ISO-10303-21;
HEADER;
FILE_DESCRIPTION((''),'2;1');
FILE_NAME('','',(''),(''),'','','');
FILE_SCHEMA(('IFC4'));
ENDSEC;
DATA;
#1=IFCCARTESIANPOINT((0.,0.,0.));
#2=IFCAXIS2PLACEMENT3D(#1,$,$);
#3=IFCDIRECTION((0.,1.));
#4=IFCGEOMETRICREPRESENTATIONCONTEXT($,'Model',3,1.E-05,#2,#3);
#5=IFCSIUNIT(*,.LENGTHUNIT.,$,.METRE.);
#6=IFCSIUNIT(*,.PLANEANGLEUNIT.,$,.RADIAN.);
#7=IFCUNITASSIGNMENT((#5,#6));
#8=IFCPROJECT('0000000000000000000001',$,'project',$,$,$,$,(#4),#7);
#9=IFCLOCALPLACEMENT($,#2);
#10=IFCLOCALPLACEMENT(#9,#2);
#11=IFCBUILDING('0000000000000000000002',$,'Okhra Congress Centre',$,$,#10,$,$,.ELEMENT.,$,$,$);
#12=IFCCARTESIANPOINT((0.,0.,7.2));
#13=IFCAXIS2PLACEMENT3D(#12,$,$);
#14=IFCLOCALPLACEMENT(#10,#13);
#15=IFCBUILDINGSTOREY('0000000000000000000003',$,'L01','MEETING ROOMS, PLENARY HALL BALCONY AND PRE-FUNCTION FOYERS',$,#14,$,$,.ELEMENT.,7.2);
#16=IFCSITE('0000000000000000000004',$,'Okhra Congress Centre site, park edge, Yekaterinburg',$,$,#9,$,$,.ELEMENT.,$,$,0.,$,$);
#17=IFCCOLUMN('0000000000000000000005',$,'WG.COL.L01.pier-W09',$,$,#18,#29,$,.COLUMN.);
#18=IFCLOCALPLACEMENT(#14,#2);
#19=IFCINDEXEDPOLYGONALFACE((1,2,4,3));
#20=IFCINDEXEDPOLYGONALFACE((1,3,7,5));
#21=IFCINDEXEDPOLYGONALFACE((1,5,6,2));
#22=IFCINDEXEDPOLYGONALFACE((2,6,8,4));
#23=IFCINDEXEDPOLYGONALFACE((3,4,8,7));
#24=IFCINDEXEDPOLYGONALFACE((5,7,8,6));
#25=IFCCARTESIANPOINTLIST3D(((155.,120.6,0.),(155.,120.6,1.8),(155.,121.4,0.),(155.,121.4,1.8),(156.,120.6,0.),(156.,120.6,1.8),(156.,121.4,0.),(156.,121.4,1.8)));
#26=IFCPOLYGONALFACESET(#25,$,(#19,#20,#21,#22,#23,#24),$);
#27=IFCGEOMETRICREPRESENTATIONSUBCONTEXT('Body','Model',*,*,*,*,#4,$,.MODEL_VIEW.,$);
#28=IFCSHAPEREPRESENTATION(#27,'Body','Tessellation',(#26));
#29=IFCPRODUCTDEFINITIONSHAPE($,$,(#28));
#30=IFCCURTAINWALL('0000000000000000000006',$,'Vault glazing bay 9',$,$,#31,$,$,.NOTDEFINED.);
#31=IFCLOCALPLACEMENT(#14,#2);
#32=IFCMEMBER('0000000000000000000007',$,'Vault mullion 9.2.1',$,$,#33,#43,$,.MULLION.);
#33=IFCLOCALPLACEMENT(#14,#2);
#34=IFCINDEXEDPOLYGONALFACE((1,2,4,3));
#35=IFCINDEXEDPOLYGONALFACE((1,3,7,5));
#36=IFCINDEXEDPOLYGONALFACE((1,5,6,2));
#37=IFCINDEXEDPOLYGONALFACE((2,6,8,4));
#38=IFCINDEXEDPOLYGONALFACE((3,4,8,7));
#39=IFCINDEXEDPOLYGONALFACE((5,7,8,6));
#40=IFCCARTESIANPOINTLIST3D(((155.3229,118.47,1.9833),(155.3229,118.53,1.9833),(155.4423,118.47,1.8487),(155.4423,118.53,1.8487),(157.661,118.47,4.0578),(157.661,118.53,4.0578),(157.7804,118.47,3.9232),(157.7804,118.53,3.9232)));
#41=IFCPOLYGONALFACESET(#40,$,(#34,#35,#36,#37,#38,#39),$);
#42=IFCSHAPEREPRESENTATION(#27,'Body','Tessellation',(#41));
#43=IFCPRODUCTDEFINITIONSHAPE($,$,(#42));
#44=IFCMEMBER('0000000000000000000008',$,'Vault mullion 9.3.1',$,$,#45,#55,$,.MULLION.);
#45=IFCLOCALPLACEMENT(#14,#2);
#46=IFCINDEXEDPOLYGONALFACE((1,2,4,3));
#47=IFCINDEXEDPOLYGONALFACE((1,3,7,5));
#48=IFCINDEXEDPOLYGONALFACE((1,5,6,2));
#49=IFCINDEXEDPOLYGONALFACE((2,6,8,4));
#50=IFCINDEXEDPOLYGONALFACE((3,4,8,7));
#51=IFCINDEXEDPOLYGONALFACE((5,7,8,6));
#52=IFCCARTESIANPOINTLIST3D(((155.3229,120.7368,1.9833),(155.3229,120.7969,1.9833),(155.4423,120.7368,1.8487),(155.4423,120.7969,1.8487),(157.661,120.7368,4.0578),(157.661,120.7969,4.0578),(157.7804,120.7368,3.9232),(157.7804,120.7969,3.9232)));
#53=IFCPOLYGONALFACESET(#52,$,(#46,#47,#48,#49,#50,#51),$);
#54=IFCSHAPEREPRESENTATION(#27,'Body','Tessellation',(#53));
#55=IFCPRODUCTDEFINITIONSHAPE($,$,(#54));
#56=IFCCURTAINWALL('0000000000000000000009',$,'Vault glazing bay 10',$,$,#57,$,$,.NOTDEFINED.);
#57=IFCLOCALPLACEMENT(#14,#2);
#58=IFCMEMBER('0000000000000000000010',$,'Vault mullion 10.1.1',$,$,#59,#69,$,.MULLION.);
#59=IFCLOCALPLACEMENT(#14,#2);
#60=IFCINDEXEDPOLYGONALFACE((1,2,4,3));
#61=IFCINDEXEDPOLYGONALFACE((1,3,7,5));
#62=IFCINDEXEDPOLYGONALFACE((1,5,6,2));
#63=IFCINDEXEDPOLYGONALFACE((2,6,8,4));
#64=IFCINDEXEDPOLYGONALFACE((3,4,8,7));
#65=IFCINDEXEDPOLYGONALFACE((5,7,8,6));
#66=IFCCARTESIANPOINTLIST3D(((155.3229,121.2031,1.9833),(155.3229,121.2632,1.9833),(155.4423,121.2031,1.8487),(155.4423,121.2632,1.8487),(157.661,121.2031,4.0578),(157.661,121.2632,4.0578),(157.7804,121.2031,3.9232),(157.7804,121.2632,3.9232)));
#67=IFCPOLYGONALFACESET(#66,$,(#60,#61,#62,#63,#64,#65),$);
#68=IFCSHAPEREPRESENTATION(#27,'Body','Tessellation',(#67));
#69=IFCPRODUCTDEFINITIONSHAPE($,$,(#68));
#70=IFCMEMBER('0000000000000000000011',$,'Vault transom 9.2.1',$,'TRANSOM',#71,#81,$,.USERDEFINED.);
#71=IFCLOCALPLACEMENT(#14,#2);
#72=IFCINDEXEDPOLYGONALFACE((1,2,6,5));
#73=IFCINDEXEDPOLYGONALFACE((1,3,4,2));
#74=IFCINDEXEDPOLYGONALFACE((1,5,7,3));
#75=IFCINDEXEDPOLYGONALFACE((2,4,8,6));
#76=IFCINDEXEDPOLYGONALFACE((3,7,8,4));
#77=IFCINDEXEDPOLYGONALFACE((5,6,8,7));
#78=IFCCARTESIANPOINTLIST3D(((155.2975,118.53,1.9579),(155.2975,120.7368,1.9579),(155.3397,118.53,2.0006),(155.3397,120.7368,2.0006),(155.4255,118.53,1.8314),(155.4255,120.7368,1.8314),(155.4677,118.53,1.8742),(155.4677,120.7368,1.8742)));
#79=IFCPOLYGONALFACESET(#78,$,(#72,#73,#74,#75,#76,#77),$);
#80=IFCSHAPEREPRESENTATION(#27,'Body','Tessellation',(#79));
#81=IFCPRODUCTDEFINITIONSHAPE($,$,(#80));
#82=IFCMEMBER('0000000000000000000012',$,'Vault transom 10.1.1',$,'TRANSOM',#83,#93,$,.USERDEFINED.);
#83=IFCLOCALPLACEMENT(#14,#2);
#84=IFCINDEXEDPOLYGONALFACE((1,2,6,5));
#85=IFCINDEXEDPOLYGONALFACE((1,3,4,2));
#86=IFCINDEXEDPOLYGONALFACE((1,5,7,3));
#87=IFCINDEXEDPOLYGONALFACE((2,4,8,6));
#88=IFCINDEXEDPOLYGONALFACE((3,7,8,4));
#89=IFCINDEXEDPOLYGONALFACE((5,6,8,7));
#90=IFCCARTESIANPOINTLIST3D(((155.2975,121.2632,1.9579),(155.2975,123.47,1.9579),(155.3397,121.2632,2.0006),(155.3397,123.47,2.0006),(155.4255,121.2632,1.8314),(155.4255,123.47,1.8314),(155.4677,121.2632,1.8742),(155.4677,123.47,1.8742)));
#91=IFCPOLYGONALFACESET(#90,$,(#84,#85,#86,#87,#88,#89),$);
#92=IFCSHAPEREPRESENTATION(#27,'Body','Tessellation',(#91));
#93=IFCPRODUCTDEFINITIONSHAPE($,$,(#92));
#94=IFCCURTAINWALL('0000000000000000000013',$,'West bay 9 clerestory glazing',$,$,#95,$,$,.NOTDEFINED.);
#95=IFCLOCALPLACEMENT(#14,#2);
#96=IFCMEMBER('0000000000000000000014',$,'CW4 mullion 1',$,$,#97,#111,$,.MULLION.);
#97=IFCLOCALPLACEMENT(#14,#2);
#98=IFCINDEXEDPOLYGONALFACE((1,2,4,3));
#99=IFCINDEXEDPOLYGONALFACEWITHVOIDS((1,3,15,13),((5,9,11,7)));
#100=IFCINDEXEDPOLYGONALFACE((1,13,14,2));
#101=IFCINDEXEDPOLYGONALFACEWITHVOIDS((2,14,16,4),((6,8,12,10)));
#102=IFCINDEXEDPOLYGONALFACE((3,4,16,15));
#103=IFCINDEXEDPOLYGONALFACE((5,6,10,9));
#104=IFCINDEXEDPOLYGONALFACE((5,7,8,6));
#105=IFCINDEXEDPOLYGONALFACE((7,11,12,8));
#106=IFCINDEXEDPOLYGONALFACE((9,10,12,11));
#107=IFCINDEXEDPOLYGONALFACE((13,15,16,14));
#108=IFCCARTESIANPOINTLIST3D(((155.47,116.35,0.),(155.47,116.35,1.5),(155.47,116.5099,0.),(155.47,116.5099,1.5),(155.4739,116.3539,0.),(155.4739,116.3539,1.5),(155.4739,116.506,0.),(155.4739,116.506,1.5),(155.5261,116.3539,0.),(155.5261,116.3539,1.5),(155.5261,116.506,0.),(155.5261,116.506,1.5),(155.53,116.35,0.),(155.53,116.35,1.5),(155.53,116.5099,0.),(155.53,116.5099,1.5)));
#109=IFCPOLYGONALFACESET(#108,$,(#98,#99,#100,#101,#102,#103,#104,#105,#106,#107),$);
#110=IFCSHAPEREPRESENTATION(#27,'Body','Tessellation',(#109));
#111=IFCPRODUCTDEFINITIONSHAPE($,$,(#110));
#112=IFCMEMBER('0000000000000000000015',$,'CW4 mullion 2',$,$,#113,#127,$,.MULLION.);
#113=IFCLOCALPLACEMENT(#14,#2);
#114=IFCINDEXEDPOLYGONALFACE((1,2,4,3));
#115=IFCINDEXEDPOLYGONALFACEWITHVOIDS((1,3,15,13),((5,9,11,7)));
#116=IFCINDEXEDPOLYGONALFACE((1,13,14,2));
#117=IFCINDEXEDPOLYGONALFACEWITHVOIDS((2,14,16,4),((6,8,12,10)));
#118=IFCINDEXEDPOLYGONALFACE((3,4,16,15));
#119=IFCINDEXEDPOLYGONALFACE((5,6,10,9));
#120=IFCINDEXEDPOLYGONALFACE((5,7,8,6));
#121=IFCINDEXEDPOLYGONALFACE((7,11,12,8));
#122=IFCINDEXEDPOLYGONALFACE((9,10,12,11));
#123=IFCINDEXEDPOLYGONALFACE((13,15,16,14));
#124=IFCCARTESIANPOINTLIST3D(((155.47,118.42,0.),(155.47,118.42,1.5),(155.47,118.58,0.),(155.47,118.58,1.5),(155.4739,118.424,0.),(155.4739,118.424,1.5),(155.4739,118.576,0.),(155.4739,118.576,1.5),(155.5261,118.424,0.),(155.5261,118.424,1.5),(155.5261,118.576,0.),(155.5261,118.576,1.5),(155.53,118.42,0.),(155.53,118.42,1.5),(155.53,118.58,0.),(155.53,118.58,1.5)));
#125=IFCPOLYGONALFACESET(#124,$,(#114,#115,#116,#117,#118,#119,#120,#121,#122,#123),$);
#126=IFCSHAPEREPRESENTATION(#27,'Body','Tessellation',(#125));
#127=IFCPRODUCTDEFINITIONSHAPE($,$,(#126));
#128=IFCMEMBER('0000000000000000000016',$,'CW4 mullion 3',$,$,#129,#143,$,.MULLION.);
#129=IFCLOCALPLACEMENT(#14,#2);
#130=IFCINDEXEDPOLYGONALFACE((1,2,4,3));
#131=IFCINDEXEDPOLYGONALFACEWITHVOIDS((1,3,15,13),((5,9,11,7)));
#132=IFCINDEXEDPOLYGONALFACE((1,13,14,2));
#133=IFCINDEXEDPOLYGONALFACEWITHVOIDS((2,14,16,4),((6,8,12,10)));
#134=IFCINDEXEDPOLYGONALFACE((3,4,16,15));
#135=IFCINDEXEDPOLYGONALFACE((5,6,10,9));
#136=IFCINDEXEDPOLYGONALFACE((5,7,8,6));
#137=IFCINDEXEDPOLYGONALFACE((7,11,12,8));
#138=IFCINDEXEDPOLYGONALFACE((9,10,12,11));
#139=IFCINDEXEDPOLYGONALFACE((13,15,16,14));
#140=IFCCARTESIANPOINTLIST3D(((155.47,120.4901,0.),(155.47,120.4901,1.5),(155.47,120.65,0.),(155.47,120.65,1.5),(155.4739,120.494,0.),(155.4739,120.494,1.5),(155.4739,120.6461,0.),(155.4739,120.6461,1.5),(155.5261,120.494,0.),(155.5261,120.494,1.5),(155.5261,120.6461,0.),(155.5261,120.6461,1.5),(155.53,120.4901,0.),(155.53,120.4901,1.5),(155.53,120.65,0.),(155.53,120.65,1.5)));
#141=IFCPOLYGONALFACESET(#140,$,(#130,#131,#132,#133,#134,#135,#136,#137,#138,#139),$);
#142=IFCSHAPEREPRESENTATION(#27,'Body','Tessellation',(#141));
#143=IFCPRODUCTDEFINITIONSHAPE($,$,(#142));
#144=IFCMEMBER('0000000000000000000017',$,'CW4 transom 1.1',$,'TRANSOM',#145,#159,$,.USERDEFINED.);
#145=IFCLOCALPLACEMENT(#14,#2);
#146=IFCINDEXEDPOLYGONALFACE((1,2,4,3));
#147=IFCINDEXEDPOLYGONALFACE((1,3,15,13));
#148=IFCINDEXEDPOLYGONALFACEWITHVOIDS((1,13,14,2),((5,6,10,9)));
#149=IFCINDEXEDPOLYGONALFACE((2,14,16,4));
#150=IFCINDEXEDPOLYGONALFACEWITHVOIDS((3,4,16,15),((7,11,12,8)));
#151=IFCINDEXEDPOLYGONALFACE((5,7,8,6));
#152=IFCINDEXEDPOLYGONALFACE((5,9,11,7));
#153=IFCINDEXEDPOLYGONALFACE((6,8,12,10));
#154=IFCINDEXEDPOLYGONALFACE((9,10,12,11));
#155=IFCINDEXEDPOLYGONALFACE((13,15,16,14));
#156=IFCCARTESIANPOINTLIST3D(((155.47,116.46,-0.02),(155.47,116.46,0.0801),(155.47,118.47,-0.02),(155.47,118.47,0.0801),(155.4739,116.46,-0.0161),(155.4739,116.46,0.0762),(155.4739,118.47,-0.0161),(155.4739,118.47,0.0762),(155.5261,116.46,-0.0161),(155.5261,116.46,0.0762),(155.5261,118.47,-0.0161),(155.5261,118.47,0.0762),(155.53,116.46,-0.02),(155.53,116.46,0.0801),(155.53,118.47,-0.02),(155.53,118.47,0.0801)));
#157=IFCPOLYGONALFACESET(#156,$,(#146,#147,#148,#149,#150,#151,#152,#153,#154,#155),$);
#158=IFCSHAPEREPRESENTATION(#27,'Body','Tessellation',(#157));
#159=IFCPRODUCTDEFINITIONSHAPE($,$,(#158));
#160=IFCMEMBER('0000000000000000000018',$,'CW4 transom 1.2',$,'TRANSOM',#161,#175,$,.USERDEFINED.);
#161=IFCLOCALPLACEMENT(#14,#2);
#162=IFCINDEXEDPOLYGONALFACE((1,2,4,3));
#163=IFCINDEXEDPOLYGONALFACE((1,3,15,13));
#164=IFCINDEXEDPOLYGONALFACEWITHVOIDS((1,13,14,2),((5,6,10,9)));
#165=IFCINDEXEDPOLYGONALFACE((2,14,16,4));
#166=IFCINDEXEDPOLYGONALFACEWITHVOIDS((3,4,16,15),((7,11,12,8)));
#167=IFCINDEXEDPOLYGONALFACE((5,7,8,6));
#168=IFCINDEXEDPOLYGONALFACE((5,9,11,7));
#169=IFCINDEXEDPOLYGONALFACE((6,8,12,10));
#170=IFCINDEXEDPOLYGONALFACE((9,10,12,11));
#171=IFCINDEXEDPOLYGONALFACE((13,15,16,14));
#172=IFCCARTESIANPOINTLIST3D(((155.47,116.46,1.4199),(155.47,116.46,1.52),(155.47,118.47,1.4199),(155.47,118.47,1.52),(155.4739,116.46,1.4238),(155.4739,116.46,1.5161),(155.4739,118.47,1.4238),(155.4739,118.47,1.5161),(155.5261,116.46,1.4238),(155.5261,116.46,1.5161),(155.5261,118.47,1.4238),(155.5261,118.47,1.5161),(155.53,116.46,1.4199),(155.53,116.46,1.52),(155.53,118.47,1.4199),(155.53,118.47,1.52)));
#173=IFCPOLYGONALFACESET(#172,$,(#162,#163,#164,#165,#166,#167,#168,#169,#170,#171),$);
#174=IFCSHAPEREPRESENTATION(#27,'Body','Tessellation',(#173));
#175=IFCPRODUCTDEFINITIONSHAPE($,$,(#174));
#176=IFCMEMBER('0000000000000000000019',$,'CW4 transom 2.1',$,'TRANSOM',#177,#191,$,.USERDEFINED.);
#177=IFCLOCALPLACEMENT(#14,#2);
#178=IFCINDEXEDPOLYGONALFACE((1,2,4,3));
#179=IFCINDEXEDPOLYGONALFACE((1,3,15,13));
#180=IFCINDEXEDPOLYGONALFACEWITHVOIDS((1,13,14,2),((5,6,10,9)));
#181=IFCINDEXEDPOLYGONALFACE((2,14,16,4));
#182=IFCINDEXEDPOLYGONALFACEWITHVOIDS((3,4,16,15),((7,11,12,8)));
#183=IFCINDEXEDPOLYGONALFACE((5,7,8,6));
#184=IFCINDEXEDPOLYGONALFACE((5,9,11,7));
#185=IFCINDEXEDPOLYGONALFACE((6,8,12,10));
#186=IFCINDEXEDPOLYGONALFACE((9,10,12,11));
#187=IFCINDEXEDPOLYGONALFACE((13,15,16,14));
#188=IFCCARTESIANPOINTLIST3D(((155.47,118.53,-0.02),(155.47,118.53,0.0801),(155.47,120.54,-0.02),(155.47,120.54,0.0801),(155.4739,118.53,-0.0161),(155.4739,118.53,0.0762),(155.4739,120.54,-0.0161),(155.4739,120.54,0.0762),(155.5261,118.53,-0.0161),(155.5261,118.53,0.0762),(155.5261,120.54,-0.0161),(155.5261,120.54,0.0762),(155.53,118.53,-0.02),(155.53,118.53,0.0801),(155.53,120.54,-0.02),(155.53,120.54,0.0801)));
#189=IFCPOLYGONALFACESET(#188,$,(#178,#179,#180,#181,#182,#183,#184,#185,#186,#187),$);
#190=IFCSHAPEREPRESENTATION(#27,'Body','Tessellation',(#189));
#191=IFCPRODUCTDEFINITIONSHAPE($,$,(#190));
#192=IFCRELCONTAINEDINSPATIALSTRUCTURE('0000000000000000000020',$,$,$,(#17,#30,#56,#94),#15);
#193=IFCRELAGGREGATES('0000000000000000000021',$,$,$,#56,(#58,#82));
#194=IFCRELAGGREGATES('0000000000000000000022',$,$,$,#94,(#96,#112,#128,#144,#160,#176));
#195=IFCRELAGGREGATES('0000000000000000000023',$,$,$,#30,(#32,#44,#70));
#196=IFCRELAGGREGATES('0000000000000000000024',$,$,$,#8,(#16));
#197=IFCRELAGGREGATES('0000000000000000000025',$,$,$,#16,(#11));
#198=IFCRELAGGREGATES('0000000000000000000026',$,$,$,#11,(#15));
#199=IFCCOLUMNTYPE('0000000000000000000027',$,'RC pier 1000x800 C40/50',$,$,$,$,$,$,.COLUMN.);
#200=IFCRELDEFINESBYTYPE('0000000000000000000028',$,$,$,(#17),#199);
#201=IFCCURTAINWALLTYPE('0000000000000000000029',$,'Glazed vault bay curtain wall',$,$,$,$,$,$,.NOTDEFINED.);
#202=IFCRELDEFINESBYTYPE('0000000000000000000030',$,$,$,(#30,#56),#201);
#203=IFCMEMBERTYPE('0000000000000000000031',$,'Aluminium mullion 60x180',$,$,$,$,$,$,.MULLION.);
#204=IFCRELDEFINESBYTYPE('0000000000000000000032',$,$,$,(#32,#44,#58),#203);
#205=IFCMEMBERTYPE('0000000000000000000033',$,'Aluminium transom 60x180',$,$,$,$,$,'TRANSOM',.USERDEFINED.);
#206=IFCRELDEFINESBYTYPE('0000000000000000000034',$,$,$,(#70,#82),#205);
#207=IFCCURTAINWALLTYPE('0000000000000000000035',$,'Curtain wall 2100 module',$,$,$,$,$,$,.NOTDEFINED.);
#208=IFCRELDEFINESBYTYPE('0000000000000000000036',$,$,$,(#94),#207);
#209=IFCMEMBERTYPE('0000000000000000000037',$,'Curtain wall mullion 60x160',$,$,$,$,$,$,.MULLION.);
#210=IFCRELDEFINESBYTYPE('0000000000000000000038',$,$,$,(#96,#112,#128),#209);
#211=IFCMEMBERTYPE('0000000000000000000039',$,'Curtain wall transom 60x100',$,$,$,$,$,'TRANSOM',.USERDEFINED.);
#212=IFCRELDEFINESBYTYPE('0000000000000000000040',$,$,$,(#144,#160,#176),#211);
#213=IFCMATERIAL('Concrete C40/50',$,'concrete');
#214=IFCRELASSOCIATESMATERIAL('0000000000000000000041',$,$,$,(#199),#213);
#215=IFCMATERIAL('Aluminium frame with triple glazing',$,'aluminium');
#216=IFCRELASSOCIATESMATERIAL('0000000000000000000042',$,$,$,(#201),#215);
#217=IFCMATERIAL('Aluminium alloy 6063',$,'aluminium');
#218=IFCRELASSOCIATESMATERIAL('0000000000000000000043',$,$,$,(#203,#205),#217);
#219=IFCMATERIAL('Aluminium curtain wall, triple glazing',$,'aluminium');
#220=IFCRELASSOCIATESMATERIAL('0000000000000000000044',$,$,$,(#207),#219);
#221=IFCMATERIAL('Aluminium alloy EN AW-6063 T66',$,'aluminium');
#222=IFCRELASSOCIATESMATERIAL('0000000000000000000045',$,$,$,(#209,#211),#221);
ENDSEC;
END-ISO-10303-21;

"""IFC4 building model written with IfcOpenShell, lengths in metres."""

from ifc_helpers import new_model, si_unit, direction, frame, origin, origin_2d, place, context, subcontext, project, spatial, rectangle, hollow_rectangle, extrude, material, material_profile, profile_set, type_object, element, aggregate, save


model = new_model("IFC4")

# Units and contexts
model_context = context("Model", 3, precision=1e-05, world=origin(), true_north=direction((0.0, 1.0)))
body_context = subcontext(model_context, "Body", "Model", "MODEL_VIEW")
ifc_project = project(units=[si_unit("LENGTHUNIT", "METRE"), si_unit("PLANEANGLEUNIT", "RADIAN")], contexts=[model_context])

# Site, building, storey
site_placement = place(None, origin())
site = spatial("IfcSite", under=ifc_project, at=site_placement, Name="Okhra Congress Centre site, park edge, Yekaterinburg", CompositionType="ELEMENT", RefElevation=0.0)
building_placement = place(site_placement, origin())
building = spatial("IfcBuilding", under=site, at=building_placement, Name="Okhra Congress Centre", CompositionType="ELEMENT")
storey_placement = place(building_placement, frame((0.0, 0.0, 7.2)))
storey = spatial("IfcBuildingStorey", under=building, at=storey_placement, Name="L01", Description="MEETING ROOMS, PLENARY HALL BALCONY AND PRE-FUNCTION FOYERS", CompositionType="ELEMENT", Elevation=7.2)

# Column
ifc_material_1 = material(Name="Concrete C40/50", Category="concrete")
ifc_material_profile_1 = material_profile(ifc_material_1, rectangle(XDim=1.0, YDim=0.8, at=origin_2d()), Name="RC 1000x800")
ifc_profile_set_1 = profile_set([ifc_material_profile_1], Name="Concrete C40/50")
column_type = type_object("IfcColumnType", Name="RC pier 1000x800 C40/50", PredefinedType="COLUMN", material=ifc_profile_set_1)
column_placement = place(storey_placement, frame((155.5, 121.0, 0.0), z_axis=(0.0, 0.0, 1.0), x_axis=(1.0, 0.0, 0.0)))
element("IfcColumn", 1, at=column_placement, inside=storey, type_object=column_type, Name="WG.COL.L01.pier-W09", PredefinedType="COLUMN", context=body_context, shape_type="SweptSolid", body=[
    extrude(rectangle(XDim=1.0, YDim=0.8, at=origin_2d()), origin(), (0.0, 0.0, 1.0), 1.8),
])

# Curtain wall, members
ifc_material_2 = material(Name="Aluminium frame with triple glazing", Category="aluminium")
curtain_wall_type_1 = type_object("IfcCurtainWallType", Name="Glazed vault bay curtain wall", PredefinedType="NOTDEFINED", material=ifc_material_2)
curtain_wall_1_placement = place(storey_placement, origin())
curtain_wall_1 = element("IfcCurtainWall", 2, at=curtain_wall_1_placement, inside=storey, type_object=curtain_wall_type_1, Name="Vault glazing bay 9", PredefinedType="NOTDEFINED")
ifc_material_3 = material(Name="Aluminium alloy 6063", Category="aluminium")
ifc_material_profile_2 = material_profile(ifc_material_3, rectangle(XDim=0.0601, YDim=0.1799, at=origin_2d()), Name="AL 60x180")
ifc_profile_set_2 = profile_set([ifc_material_profile_2], Name="Aluminium alloy 6063")
member_type_1 = type_object("IfcMemberType", Name="Aluminium mullion 60x180", PredefinedType="MULLION", material=ifc_profile_set_2)
member_1_placement = place(storey_placement, frame((155.3826, 118.5, 1.916), z_axis=(0.748025, 0.0, 0.66367), x_axis=(0.0, 1.0, 0.0)))
member_1 = element("IfcMember", 3, at=member_1_placement, type_object=member_type_1, Name="Vault mullion 9.2.1", PredefinedType="MULLION", context=body_context, shape_type="SweptSolid", body=[
    extrude(rectangle(XDim=0.0601, YDim=0.1799, at=origin_2d()), origin(), (0.0, 0.0, 1.0), 3.1257),
])
member_2_placement = place(storey_placement, frame((155.3826, 120.7668, 1.916), z_axis=(0.748025, 0.0, 0.66367), x_axis=(0.0, 1.0, 0.0)))
member_2 = element("IfcMember", 4, at=member_2_placement, type_object=member_type_1, Name="Vault mullion 9.3.1", PredefinedType="MULLION", context=body_context, shape_type="SweptSolid", body=[
    extrude(rectangle(XDim=0.0601, YDim=0.1799, at=origin_2d()), origin(), (0.0, 0.0, 1.0), 3.1257),
])

# Curtain wall, member
curtain_wall_2_placement = place(storey_placement, origin())
curtain_wall_2 = element("IfcCurtainWall", 5, at=curtain_wall_2_placement, inside=storey, type_object=curtain_wall_type_1, Name="Vault glazing bay 10", PredefinedType="NOTDEFINED")
member_3_placement = place(storey_placement, frame((155.3826, 121.2332, 1.916), z_axis=(0.748025, 0.0, 0.66367), x_axis=(0.0, 1.0, 0.0)))
member_3 = element("IfcMember", 6, at=member_3_placement, type_object=member_type_1, Name="Vault mullion 10.1.1", PredefinedType="MULLION", context=body_context, shape_type="SweptSolid", body=[
    extrude(rectangle(XDim=0.0601, YDim=0.1799, at=origin_2d()), origin(), (0.0, 0.0, 1.0), 3.1257),
])

# Members
ifc_material_profile_3 = material_profile(ifc_material_3, rectangle(XDim=0.0601, YDim=0.1799, at=origin_2d()), Name="AL 60x180 transom")
ifc_profile_set_3 = profile_set([ifc_material_profile_3], Name="Aluminium alloy 6063")
member_type_2 = type_object("IfcMemberType", Name="Aluminium transom 60x180", ElementType="TRANSOM", PredefinedType="USERDEFINED", material=ifc_profile_set_3)
member_4_placement = place(storey_placement, frame((155.3826, 118.53, 1.916), z_axis=(0.0, 1.0, 0.0), x_axis=(-0.702636, 0.0, -0.711549)))
member_4 = element("IfcMember", 7, at=member_4_placement, type_object=member_type_2, Name="Vault transom 9.2.1", ObjectType="TRANSOM", PredefinedType="USERDEFINED", context=body_context, shape_type="SweptSolid", body=[
    extrude(rectangle(XDim=0.0601, YDim=0.1799, at=origin_2d()), origin(), (0.0, 0.0, 1.0), 2.2068),
])
member_5_placement = place(storey_placement, frame((155.3826, 121.2632, 1.916), z_axis=(0.0, 1.0, 0.0), x_axis=(-0.702636, 0.0, -0.711549)))
member_5 = element("IfcMember", 8, at=member_5_placement, type_object=member_type_2, Name="Vault transom 10.1.1", ObjectType="TRANSOM", PredefinedType="USERDEFINED", context=body_context, shape_type="SweptSolid", body=[
    extrude(rectangle(XDim=0.0601, YDim=0.1799, at=origin_2d()), origin(), (0.0, 0.0, 1.0), 2.2068),
])
aggregate(curtain_wall_2, [member_3, member_5])

# Curtain wall, members
ifc_material_4 = material(Name="Aluminium curtain wall, triple glazing", Category="aluminium")
curtain_wall_type_2 = type_object("IfcCurtainWallType", Name="Curtain wall 2100 module", PredefinedType="NOTDEFINED", material=ifc_material_4)
curtain_wall_3_placement = place(storey_placement, origin())
curtain_wall_3 = element("IfcCurtainWall", 9, at=curtain_wall_3_placement, inside=storey, type_object=curtain_wall_type_2, Name="West bay 9 clerestory glazing", PredefinedType="NOTDEFINED")
ifc_material_5 = material(Name="Aluminium alloy EN AW-6063 T66", Category="aluminium")
ifc_material_profile_4 = material_profile(ifc_material_5, hollow_rectangle(XDim=0.0601, YDim=0.1599, WallThickness=0.0039, at=origin_2d()), Name="RHS 60x160x4")
ifc_profile_set_4 = profile_set([ifc_material_profile_4], Name="Aluminium alloy EN AW-6063 T66")
member_type_3 = type_object("IfcMemberType", Name="Curtain wall mullion 60x160", PredefinedType="MULLION", material=ifc_profile_set_4)
member_6_placement = place(storey_placement, frame((155.5, 116.4299, 0.0), z_axis=(0.0, 0.0, 1.0), x_axis=(-1.0, 0.0, 0.0)))
member_6 = element("IfcMember", 10, at=member_6_placement, type_object=member_type_3, Name="CW4 mullion 1", PredefinedType="MULLION", context=body_context, shape_type="SweptSolid", body=[
    extrude(hollow_rectangle(XDim=0.0601, YDim=0.1599, WallThickness=0.0039, at=origin_2d()), origin(), (0.0, 0.0, 1.0), 1.5),
])
member_7_placement = place(storey_placement, frame((155.5, 118.5, 0.0), z_axis=(0.0, 0.0, 1.0), x_axis=(-1.0, 0.0, 0.0)))
member_7 = element("IfcMember", 11, at=member_7_placement, type_object=member_type_3, Name="CW4 mullion 2", PredefinedType="MULLION", context=body_context, shape_type="SweptSolid", body=[
    extrude(hollow_rectangle(XDim=0.0601, YDim=0.1599, WallThickness=0.0039, at=origin_2d()), origin(), (0.0, 0.0, 1.0), 1.5),
])
member_8_placement = place(storey_placement, frame((155.5, 120.5701, 0.0), z_axis=(0.0, 0.0, 1.0), x_axis=(-1.0, 0.0, 0.0)))
member_8 = element("IfcMember", 12, at=member_8_placement, type_object=member_type_3, Name="CW4 mullion 3", PredefinedType="MULLION", context=body_context, shape_type="SweptSolid", body=[
    extrude(hollow_rectangle(XDim=0.0601, YDim=0.1599, WallThickness=0.0039, at=origin_2d()), origin(), (0.0, 0.0, 1.0), 1.5),
])
ifc_material_profile_5 = material_profile(ifc_material_5, hollow_rectangle(XDim=0.0601, YDim=0.1001, WallThickness=0.0039, at=origin_2d()), Name="RHS 60x100x4")
ifc_profile_set_5 = profile_set([ifc_material_profile_5], Name="Aluminium alloy EN AW-6063 T66")
member_type_4 = type_object("IfcMemberType", Name="Curtain wall transom 60x100", ElementType="TRANSOM", PredefinedType="USERDEFINED", material=ifc_profile_set_5)
member_9_placement = place(storey_placement, frame((155.5, 116.46, 0.03), z_axis=(0.0, 1.0, 0.0), x_axis=(-1.0, 0.0, 0.0)))
member_9 = element("IfcMember", 13, at=member_9_placement, type_object=member_type_4, Name="CW4 transom 1.1", ObjectType="TRANSOM", PredefinedType="USERDEFINED", context=body_context, shape_type="SweptSolid", body=[
    extrude(hollow_rectangle(XDim=0.0601, YDim=0.1001, WallThickness=0.0039, at=origin_2d()), origin(), (0.0, 0.0, 1.0), 2.01),
])
member_10_placement = place(storey_placement, frame((155.5, 116.46, 1.47), z_axis=(0.0, 1.0, 0.0), x_axis=(-1.0, 0.0, 0.0)))
member_10 = element("IfcMember", 14, at=member_10_placement, type_object=member_type_4, Name="CW4 transom 1.2", ObjectType="TRANSOM", PredefinedType="USERDEFINED", context=body_context, shape_type="SweptSolid", body=[
    extrude(hollow_rectangle(XDim=0.0601, YDim=0.1001, WallThickness=0.0039, at=origin_2d()), origin(), (0.0, 0.0, 1.0), 2.01),
])
member_11_placement = place(storey_placement, frame((155.5, 118.53, 0.03), z_axis=(0.0, 1.0, 0.0), x_axis=(-1.0, 0.0, 0.0)))
member_11 = element("IfcMember", 15, at=member_11_placement, type_object=member_type_4, Name="CW4 transom 2.1", ObjectType="TRANSOM", PredefinedType="USERDEFINED", context=body_context, shape_type="SweptSolid", body=[
    extrude(hollow_rectangle(XDim=0.0601, YDim=0.1001, WallThickness=0.0039, at=origin_2d()), origin(), (0.0, 0.0, 1.0), 2.01),
])

aggregate(curtain_wall_3, [member_6, member_7, member_8, member_9, member_10, member_11])
aggregate(curtain_wall_1, [member_1, member_2, member_4])

save(model, "model.ifc")
